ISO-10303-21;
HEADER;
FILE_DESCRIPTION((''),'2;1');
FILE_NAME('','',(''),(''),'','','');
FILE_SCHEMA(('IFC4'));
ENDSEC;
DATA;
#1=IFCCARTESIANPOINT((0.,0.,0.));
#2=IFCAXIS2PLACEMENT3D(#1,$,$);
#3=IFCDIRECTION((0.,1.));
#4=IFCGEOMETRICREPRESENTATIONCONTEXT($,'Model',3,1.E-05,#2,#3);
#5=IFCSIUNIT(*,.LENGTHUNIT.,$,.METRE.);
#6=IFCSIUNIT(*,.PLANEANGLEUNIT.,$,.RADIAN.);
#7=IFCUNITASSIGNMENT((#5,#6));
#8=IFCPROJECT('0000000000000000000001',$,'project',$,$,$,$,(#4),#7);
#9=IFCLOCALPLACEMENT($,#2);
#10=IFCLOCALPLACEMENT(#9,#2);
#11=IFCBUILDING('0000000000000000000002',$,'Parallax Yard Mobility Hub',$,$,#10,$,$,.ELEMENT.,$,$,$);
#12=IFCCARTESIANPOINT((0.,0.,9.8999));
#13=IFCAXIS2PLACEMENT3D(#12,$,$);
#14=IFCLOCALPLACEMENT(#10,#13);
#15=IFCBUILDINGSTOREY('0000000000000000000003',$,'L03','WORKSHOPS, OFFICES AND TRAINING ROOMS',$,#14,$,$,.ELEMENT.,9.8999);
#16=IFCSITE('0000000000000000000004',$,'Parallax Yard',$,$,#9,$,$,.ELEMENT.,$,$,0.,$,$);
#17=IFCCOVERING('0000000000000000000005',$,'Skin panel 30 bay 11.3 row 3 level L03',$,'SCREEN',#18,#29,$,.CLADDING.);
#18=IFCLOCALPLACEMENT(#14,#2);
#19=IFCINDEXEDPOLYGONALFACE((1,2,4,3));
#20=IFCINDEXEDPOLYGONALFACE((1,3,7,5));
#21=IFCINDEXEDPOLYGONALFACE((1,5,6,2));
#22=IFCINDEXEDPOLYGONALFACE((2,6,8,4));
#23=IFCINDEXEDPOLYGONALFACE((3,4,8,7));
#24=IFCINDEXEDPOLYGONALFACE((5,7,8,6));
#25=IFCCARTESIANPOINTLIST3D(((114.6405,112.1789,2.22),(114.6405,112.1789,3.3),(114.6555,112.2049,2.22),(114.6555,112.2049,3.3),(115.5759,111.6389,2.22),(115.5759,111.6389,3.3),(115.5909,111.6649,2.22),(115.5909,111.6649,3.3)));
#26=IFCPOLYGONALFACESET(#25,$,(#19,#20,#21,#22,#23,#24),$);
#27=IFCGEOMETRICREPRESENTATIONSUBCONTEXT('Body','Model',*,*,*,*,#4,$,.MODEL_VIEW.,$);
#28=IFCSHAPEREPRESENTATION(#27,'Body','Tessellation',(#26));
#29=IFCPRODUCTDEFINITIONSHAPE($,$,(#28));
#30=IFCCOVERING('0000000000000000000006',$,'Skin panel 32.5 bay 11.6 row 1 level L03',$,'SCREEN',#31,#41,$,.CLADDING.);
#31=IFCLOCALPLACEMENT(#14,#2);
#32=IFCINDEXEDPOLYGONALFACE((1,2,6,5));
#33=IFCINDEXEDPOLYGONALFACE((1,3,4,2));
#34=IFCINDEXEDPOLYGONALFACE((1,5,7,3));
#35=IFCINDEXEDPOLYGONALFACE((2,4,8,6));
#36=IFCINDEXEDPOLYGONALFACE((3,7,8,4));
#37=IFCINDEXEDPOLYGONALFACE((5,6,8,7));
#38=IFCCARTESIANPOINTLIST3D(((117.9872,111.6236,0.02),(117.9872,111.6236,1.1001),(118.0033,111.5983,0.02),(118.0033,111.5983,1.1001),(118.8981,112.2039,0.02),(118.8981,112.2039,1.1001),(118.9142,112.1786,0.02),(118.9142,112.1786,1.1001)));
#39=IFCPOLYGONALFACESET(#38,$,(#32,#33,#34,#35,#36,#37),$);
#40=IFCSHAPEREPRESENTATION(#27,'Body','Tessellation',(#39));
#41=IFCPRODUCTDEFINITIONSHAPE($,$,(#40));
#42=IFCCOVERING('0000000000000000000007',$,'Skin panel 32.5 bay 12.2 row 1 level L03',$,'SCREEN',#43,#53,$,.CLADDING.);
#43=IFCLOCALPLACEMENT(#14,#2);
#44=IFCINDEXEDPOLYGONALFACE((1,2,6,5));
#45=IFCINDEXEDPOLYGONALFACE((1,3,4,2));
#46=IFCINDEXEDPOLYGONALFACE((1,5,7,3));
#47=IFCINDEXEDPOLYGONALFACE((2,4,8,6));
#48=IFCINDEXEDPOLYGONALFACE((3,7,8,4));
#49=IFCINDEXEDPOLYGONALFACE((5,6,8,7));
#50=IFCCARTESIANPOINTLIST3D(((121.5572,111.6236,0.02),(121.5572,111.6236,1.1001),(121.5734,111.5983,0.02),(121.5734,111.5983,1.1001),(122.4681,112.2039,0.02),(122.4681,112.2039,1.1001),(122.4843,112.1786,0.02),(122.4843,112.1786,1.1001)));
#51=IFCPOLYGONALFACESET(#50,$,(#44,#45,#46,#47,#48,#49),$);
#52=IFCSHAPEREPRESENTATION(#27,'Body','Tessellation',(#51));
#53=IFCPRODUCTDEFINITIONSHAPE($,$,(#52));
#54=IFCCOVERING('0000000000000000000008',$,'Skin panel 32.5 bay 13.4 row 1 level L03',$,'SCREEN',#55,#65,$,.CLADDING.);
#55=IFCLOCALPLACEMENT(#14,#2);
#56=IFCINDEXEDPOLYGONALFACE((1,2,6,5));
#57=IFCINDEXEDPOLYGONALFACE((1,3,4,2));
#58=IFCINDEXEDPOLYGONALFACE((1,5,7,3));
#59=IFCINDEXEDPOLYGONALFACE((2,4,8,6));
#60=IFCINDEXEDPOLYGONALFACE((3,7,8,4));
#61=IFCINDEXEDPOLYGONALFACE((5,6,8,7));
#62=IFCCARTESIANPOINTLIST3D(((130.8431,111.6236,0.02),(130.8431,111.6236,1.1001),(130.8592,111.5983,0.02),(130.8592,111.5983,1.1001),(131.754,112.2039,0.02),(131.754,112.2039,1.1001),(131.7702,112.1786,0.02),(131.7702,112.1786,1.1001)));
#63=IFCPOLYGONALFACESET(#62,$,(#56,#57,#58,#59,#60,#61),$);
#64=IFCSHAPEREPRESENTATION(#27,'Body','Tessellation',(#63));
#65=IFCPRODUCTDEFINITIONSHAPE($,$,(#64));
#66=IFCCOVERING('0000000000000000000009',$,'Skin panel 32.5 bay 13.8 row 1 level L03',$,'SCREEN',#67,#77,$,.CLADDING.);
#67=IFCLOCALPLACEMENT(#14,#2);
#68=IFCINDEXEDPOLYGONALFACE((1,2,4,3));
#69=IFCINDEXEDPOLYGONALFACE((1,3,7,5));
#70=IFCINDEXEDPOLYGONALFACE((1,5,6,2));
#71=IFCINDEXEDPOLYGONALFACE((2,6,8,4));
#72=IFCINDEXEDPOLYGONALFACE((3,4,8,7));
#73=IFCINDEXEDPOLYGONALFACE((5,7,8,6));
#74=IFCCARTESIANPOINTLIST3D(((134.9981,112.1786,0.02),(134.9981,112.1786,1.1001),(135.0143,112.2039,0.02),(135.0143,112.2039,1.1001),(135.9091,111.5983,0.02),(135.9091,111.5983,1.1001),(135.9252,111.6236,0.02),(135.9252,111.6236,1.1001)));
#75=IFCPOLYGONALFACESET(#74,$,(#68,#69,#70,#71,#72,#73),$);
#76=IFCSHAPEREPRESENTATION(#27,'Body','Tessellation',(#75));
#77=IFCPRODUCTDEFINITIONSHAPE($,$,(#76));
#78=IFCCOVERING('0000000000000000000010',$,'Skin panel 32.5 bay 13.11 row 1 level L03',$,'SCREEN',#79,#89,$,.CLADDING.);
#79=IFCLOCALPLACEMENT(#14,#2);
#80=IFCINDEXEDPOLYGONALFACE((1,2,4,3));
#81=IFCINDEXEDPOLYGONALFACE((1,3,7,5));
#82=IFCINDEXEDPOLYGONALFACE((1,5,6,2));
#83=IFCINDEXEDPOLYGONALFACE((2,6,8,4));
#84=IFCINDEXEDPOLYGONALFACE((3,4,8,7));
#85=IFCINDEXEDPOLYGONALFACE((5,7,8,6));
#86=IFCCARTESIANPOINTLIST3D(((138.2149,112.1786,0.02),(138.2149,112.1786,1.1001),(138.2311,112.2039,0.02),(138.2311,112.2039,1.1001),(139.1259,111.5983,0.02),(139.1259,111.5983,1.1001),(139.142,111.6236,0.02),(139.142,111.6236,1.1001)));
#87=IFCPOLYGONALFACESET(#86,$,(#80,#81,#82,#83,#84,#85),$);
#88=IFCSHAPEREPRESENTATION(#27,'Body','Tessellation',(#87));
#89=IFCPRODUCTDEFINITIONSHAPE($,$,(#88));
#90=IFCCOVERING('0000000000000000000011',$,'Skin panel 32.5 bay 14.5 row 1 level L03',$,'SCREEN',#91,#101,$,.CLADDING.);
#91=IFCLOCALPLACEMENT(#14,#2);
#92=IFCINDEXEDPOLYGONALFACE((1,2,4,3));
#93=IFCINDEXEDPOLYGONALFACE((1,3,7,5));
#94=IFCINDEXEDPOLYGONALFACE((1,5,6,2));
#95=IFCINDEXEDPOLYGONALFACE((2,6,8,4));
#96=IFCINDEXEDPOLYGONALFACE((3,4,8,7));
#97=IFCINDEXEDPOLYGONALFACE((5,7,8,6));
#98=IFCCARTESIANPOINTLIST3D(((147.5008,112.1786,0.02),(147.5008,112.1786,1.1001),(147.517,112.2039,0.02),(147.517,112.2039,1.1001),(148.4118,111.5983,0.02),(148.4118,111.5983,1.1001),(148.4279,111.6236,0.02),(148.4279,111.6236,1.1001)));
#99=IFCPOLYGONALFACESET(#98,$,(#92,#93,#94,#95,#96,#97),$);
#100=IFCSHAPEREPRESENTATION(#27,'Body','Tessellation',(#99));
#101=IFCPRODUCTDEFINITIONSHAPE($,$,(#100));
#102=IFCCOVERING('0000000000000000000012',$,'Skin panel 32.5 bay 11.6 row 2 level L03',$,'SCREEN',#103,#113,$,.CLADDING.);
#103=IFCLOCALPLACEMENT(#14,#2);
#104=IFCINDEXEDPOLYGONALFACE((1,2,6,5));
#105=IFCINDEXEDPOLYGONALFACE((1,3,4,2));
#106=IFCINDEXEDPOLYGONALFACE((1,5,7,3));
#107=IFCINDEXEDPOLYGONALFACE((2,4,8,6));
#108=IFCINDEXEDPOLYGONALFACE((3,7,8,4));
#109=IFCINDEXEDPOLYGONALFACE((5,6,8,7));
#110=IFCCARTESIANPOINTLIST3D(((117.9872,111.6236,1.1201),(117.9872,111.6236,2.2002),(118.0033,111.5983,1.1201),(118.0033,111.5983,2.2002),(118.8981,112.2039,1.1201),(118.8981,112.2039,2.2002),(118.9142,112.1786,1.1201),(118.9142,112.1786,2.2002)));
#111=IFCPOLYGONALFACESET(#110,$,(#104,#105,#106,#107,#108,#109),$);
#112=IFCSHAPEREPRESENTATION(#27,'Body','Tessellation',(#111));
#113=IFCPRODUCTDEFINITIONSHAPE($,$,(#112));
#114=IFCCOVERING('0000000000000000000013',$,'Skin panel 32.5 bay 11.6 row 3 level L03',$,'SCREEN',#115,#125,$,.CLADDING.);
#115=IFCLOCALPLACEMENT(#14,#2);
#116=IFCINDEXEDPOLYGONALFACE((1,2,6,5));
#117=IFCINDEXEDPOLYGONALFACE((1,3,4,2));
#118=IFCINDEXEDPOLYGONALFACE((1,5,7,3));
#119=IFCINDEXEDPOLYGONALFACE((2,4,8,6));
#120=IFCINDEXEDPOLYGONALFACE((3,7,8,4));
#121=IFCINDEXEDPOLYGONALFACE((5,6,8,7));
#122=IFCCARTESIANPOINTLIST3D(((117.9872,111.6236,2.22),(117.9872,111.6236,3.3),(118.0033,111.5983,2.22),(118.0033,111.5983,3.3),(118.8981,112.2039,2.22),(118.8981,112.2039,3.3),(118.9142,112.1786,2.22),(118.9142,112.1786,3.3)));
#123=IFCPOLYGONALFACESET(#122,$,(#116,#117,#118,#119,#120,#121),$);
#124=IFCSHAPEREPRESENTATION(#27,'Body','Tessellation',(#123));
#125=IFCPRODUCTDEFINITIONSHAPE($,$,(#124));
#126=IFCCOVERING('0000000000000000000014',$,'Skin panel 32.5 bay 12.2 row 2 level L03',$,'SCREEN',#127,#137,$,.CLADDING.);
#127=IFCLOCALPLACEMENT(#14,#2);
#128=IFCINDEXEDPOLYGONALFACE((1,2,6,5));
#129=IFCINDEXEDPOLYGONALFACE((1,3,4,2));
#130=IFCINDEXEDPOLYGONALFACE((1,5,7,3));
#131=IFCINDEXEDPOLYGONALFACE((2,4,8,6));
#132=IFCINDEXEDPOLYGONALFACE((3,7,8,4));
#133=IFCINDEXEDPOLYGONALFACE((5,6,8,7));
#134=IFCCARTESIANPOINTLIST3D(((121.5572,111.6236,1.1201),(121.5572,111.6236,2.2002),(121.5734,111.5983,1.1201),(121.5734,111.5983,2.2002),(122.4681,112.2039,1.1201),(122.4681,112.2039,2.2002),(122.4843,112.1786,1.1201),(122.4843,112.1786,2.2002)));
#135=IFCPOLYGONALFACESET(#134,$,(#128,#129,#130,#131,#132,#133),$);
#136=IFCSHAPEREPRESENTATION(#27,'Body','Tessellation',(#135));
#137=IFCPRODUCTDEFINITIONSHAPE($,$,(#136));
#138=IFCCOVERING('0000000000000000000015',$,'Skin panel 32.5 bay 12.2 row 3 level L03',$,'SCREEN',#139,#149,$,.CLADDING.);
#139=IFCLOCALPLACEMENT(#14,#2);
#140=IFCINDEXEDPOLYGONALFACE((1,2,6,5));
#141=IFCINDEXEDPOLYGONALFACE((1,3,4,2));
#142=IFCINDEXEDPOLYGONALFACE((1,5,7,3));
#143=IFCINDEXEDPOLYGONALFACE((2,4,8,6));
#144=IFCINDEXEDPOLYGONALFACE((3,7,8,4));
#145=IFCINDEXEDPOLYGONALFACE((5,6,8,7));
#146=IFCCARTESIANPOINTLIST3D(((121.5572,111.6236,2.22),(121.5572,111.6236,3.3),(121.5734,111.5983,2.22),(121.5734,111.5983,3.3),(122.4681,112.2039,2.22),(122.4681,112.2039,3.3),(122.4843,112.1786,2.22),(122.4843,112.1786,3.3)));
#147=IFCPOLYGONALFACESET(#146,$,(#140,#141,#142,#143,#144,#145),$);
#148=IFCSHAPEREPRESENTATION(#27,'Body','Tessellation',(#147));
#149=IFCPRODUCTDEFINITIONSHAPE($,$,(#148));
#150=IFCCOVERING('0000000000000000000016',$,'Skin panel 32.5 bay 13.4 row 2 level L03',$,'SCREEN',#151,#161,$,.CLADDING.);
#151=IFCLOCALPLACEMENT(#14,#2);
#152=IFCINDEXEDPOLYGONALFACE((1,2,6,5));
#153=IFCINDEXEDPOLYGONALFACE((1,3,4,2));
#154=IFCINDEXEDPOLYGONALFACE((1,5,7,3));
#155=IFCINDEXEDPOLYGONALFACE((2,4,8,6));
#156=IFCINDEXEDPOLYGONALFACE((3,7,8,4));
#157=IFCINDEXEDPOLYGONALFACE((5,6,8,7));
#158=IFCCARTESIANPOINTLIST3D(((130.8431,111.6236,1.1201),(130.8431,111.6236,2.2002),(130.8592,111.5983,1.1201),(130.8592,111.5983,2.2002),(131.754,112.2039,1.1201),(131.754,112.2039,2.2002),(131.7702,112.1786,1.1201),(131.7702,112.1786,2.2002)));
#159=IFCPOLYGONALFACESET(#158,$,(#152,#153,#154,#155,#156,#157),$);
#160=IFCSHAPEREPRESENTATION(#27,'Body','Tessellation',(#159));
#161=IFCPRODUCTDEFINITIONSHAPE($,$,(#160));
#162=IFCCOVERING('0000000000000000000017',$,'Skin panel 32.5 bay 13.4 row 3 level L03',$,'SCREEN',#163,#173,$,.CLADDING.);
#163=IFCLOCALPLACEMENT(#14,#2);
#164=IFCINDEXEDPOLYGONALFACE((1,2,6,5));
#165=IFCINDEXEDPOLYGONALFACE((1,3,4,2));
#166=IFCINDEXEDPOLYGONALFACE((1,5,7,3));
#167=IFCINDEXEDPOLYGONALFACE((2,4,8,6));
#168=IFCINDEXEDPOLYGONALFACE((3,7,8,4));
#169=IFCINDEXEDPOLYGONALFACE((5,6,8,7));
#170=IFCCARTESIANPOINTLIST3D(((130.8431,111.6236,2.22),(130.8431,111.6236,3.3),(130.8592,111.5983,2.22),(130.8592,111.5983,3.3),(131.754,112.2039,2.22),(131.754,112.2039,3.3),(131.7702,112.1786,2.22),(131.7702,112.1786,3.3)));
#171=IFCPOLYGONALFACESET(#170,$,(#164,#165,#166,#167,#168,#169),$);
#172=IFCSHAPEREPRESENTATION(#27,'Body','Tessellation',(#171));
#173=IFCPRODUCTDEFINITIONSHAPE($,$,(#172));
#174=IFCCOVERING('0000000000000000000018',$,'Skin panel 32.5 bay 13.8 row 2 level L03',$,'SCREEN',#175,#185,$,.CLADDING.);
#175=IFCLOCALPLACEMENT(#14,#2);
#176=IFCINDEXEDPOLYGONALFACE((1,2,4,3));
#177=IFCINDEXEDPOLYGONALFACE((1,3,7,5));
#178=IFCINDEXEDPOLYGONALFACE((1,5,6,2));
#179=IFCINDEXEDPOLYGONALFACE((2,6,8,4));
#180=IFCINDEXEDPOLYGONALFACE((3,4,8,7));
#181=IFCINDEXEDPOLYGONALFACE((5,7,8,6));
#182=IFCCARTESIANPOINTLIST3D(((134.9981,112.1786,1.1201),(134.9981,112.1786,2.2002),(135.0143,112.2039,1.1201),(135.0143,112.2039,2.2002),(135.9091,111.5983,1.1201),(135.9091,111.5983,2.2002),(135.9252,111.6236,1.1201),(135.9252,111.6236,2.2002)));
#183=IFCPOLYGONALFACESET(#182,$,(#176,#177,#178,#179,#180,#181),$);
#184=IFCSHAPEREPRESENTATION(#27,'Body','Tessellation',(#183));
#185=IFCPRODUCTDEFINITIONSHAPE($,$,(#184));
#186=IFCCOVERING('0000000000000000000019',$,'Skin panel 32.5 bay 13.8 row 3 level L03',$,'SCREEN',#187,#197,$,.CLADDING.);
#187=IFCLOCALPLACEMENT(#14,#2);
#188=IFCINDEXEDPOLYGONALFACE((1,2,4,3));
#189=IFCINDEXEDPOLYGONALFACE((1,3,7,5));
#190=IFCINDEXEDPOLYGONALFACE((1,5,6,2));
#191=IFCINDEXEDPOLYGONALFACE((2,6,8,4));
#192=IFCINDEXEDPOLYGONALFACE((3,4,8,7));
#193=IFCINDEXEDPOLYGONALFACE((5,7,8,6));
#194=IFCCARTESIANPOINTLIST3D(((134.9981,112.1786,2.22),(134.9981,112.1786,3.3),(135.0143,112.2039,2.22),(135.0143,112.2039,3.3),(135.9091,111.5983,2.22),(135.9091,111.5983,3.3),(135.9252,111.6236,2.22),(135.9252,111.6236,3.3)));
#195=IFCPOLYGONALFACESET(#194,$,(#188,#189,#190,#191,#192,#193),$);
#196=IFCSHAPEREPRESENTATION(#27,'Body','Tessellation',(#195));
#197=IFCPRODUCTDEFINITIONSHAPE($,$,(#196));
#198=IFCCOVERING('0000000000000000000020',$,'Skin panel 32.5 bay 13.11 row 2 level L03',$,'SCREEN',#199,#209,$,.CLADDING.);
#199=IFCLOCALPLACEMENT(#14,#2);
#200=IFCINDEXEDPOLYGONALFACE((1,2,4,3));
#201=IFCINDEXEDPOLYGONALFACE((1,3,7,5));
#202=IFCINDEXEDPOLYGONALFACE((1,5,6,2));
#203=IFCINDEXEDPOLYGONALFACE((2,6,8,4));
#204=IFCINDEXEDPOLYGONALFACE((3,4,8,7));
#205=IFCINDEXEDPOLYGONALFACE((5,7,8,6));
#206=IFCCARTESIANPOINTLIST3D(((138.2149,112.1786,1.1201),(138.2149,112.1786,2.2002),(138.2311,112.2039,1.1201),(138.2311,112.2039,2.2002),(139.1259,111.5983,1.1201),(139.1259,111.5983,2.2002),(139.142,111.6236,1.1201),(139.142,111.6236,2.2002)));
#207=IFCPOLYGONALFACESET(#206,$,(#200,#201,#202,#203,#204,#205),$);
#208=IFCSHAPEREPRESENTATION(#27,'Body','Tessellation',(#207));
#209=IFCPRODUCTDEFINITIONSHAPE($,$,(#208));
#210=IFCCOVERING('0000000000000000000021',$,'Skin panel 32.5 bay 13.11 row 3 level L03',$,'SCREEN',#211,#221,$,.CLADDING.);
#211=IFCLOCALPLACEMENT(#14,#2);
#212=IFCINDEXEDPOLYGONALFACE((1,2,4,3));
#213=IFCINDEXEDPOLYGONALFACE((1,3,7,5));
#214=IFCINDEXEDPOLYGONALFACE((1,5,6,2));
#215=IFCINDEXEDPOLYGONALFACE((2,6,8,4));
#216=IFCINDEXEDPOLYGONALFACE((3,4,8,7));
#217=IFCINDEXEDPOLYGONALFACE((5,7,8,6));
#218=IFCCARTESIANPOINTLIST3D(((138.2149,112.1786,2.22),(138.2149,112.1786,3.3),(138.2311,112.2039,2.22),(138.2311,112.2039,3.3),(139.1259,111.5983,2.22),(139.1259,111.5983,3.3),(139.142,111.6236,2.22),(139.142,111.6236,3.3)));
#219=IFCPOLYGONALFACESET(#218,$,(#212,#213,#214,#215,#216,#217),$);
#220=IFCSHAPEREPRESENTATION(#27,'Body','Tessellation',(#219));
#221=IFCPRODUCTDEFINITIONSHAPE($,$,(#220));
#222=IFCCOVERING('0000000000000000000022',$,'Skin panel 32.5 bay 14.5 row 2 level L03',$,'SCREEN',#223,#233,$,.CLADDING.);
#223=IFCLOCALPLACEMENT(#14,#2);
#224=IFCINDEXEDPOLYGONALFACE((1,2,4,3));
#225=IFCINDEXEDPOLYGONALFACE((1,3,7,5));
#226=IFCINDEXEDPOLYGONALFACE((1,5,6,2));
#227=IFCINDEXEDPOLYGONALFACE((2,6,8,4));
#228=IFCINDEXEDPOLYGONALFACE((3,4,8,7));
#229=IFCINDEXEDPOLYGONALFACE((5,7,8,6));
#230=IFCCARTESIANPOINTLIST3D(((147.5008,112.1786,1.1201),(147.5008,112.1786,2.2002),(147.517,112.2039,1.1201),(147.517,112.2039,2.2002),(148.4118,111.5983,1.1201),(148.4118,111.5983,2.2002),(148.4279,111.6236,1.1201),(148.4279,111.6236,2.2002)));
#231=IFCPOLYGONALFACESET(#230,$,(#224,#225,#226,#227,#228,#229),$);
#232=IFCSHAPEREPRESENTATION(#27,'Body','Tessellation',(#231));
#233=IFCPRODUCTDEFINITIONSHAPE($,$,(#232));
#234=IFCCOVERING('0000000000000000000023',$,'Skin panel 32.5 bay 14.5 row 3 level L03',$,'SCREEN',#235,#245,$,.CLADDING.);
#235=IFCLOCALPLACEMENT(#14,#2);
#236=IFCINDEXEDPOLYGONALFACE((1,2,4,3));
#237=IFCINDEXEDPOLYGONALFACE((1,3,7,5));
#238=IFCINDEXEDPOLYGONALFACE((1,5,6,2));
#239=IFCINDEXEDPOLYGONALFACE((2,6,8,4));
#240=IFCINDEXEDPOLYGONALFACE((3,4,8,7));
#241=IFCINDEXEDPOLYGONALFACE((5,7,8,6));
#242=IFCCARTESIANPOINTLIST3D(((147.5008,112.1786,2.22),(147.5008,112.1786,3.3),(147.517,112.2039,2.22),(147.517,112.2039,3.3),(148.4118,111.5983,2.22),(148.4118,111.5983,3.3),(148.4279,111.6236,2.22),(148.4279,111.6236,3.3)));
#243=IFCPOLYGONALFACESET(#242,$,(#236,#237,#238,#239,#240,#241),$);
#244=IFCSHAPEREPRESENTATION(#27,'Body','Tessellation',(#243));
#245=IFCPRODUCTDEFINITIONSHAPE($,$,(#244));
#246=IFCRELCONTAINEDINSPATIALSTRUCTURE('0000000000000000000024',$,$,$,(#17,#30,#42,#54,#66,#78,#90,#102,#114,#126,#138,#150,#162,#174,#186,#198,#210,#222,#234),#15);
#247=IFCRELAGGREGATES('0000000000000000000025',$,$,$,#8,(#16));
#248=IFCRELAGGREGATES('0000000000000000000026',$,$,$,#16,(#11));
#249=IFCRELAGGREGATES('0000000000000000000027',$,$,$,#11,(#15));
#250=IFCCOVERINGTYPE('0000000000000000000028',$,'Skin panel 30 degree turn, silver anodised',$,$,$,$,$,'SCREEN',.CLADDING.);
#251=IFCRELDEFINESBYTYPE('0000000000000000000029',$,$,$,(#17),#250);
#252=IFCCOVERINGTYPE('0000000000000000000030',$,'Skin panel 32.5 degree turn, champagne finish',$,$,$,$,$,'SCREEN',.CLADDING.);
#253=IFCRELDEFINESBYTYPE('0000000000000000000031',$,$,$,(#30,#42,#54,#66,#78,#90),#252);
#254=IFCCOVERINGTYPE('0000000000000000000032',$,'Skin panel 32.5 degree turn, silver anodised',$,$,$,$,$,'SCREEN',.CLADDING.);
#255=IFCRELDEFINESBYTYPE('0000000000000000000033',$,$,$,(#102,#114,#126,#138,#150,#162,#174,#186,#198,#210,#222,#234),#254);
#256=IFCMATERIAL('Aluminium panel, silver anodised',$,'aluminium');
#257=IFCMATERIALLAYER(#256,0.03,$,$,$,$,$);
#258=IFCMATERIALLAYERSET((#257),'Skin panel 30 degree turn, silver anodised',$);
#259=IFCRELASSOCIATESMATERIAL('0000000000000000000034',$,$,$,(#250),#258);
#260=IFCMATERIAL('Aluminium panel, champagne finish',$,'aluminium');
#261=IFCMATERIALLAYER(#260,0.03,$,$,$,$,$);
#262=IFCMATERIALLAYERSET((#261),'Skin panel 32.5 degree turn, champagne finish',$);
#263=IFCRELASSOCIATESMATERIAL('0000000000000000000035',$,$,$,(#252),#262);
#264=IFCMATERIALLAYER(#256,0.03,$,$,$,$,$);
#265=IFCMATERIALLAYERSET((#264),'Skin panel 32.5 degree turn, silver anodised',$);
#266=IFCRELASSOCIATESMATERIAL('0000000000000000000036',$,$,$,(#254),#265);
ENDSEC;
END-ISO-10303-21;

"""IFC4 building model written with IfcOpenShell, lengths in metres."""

from ifc_helpers import new_model, si_unit, direction, frame, origin, origin_2d, place, context, subcontext, project, spatial, rectangle, extrude, material, layer, layer_set, type_object, element, save


model = new_model("IFC4")

# Units and contexts
model_context = context("Model", 3, precision=1e-05, world=origin(), true_north=direction((0.0, 1.0)))
body_context = subcontext(model_context, "Body", "Model", "MODEL_VIEW")
ifc_project = project(units=[si_unit("LENGTHUNIT", "METRE"), si_unit("PLANEANGLEUNIT", "RADIAN")], contexts=[model_context])

# Site, building, storey
site_placement = place(None, origin())
site = spatial("IfcSite", under=ifc_project, at=site_placement, Name="Parallax Yard", CompositionType="ELEMENT", RefElevation=0.0)
building_placement = place(site_placement, origin())
building = spatial("IfcBuilding", under=site, at=building_placement, Name="Parallax Yard Mobility Hub", CompositionType="ELEMENT")
storey_placement = place(building_placement, frame((0.0, 0.0, 9.8999)))
storey = spatial("IfcBuildingStorey", under=building, at=storey_placement, Name="L03", Description="WORKSHOPS, OFFICES AND TRAINING ROOMS", CompositionType="ELEMENT", Elevation=9.8999)

# Coverings
ifc_material_1 = material(Name="Aluminium panel, silver anodised", Category="aluminium")
ifc_layer_1 = layer(ifc_material_1, 0.03)
ifc_layer_set_1 = layer_set([ifc_layer_1], Name="Skin panel 30 degree turn, silver anodised")
covering_type_1 = type_object("IfcCoveringType", Name="Skin panel 30 degree turn, silver anodised", ElementType="SCREEN", PredefinedType="CLADDING", material=ifc_layer_set_1)
covering_placement = place(storey_placement, frame((115.1157, 111.9219, 2.22), z_axis=(0.0, 0.0, 1.0), x_axis=(0.866025, -0.5, 0.0)))
element("IfcCovering", 1, at=covering_placement, inside=storey, type_object=covering_type_1, Name="Skin panel 30 bay 11.3 row 3 level L03", ObjectType="SCREEN", PredefinedType="CLADDING", context=body_context, shape_type="SweptSolid", body=[
    extrude(rectangle(XDim=1.0801, YDim=0.03, at=origin_2d()), origin(), (0.0, 0.0, 1.0), 1.0801),
])
ifc_material_2 = material(Name="Aluminium panel, champagne finish", Category="aluminium")
ifc_layer_2 = layer(ifc_material_2, 0.03)
ifc_layer_set_2 = layer_set([ifc_layer_2], Name="Skin panel 32.5 degree turn, champagne finish")
covering_type_2 = type_object("IfcCoveringType", Name="Skin panel 32.5 degree turn, champagne finish", ElementType="SCREEN", PredefinedType="CLADDING", material=ifc_layer_set_2)
for number, where, z_axis, x_axis, name in (
    (2, (118.4507, 111.9011, 0.02), (0.0, 0.0, 1.0), (-0.843391, -0.5373, 0.0), "Skin panel 32.5 bay 11.6 row 1 level L03"),
    (3, (122.0208, 111.9011, 0.02), (0.0, 0.0, 1.0), (-0.843391, -0.5373, 0.0), "Skin panel 32.5 bay 12.2 row 1 level L03"),
    (4, (131.3066, 111.9011, 0.02), (0.0, 0.0, 1.0), (-0.843391, -0.5373, 0.0), "Skin panel 32.5 bay 13.4 row 1 level L03"),
    (5, (135.4617, 111.9011, 0.02), (0.0, 0.0, 1.0), (0.843391, -0.5373, 0.0), "Skin panel 32.5 bay 13.8 row 1 level L03"),
    (6, (138.6785, 111.9011, 0.02), (0.0, 0.0, 1.0), (0.843391, -0.5373, 0.0), "Skin panel 32.5 bay 13.11 row 1 level L03"),
    (7, (147.9644, 111.9011, 0.02), (0.0, 0.0, 1.0), (0.843391, -0.5373, 0.0), "Skin panel 32.5 bay 14.5 row 1 level L03"),
):
    element("IfcCovering", number, at=place(storey_placement, frame(where, z_axis=z_axis, x_axis=x_axis)), inside=storey, type_object=covering_type_2, Name=name, ObjectType="SCREEN", PredefinedType="CLADDING", context=body_context, shape_type="SweptSolid", body=[
        extrude(rectangle(XDim=1.0801, YDim=0.03, at=origin_2d()), origin(), (0.0, 0.0, 1.0), 1.0801),
    ])
ifc_layer_3 = layer(ifc_material_1, 0.03)
ifc_layer_set_3 = layer_set([ifc_layer_3], Name="Skin panel 32.5 degree turn, silver anodised")
covering_type_3 = type_object("IfcCoveringType", Name="Skin panel 32.5 degree turn, silver anodised", ElementType="SCREEN", PredefinedType="CLADDING", material=ifc_layer_set_3)
for number, where, z_axis, x_axis, name in (
    (8, (118.4507, 111.9011, 1.1201), (0.0, 0.0, 1.0), (-0.843391, -0.5373, 0.0), "Skin panel 32.5 bay 11.6 row 2 level L03"),
    (9, (118.4507, 111.9011, 2.22), (0.0, 0.0, 1.0), (-0.843391, -0.5373, 0.0), "Skin panel 32.5 bay 11.6 row 3 level L03"),
    (10, (122.0208, 111.9011, 1.1201), (0.0, 0.0, 1.0), (-0.843391, -0.5373, 0.0), "Skin panel 32.5 bay 12.2 row 2 level L03"),
    (11, (122.0208, 111.9011, 2.22), (0.0, 0.0, 1.0), (-0.843391, -0.5373, 0.0), "Skin panel 32.5 bay 12.2 row 3 level L03"),
    (12, (131.3066, 111.9011, 1.1201), (0.0, 0.0, 1.0), (-0.843391, -0.5373, 0.0), "Skin panel 32.5 bay 13.4 row 2 level L03"),
    (13, (131.3066, 111.9011, 2.22), (0.0, 0.0, 1.0), (-0.843391, -0.5373, 0.0), "Skin panel 32.5 bay 13.4 row 3 level L03"),
    (14, (135.4617, 111.9011, 1.1201), (0.0, 0.0, 1.0), (0.843391, -0.5373, 0.0), "Skin panel 32.5 bay 13.8 row 2 level L03"),
    (15, (135.4617, 111.9011, 2.22), (0.0, 0.0, 1.0), (0.843391, -0.5373, 0.0), "Skin panel 32.5 bay 13.8 row 3 level L03"),
    (16, (138.6785, 111.9011, 1.1201), (0.0, 0.0, 1.0), (0.843391, -0.5373, 0.0), "Skin panel 32.5 bay 13.11 row 2 level L03"),
    (17, (138.6785, 111.9011, 2.22), (0.0, 0.0, 1.0), (0.843391, -0.5373, 0.0), "Skin panel 32.5 bay 13.11 row 3 level L03"),
    (18, (147.9644, 111.9011, 1.1201), (0.0, 0.0, 1.0), (0.843391, -0.5373, 0.0), "Skin panel 32.5 bay 14.5 row 2 level L03"),
    (19, (147.9644, 111.9011, 2.22), (0.0, 0.0, 1.0), (0.843391, -0.5373, 0.0), "Skin panel 32.5 bay 14.5 row 3 level L03"),
):
    element("IfcCovering", number, at=place(storey_placement, frame(where, z_axis=z_axis, x_axis=x_axis)), inside=storey, type_object=covering_type_3, Name=name, ObjectType="SCREEN", PredefinedType="CLADDING", context=body_context, shape_type="SweptSolid", body=[
        extrude(rectangle(XDim=1.0801, YDim=0.03, at=origin_2d()), origin(), (0.0, 0.0, 1.0), 1.0801),
    ])

save(model, "model.ifc")
